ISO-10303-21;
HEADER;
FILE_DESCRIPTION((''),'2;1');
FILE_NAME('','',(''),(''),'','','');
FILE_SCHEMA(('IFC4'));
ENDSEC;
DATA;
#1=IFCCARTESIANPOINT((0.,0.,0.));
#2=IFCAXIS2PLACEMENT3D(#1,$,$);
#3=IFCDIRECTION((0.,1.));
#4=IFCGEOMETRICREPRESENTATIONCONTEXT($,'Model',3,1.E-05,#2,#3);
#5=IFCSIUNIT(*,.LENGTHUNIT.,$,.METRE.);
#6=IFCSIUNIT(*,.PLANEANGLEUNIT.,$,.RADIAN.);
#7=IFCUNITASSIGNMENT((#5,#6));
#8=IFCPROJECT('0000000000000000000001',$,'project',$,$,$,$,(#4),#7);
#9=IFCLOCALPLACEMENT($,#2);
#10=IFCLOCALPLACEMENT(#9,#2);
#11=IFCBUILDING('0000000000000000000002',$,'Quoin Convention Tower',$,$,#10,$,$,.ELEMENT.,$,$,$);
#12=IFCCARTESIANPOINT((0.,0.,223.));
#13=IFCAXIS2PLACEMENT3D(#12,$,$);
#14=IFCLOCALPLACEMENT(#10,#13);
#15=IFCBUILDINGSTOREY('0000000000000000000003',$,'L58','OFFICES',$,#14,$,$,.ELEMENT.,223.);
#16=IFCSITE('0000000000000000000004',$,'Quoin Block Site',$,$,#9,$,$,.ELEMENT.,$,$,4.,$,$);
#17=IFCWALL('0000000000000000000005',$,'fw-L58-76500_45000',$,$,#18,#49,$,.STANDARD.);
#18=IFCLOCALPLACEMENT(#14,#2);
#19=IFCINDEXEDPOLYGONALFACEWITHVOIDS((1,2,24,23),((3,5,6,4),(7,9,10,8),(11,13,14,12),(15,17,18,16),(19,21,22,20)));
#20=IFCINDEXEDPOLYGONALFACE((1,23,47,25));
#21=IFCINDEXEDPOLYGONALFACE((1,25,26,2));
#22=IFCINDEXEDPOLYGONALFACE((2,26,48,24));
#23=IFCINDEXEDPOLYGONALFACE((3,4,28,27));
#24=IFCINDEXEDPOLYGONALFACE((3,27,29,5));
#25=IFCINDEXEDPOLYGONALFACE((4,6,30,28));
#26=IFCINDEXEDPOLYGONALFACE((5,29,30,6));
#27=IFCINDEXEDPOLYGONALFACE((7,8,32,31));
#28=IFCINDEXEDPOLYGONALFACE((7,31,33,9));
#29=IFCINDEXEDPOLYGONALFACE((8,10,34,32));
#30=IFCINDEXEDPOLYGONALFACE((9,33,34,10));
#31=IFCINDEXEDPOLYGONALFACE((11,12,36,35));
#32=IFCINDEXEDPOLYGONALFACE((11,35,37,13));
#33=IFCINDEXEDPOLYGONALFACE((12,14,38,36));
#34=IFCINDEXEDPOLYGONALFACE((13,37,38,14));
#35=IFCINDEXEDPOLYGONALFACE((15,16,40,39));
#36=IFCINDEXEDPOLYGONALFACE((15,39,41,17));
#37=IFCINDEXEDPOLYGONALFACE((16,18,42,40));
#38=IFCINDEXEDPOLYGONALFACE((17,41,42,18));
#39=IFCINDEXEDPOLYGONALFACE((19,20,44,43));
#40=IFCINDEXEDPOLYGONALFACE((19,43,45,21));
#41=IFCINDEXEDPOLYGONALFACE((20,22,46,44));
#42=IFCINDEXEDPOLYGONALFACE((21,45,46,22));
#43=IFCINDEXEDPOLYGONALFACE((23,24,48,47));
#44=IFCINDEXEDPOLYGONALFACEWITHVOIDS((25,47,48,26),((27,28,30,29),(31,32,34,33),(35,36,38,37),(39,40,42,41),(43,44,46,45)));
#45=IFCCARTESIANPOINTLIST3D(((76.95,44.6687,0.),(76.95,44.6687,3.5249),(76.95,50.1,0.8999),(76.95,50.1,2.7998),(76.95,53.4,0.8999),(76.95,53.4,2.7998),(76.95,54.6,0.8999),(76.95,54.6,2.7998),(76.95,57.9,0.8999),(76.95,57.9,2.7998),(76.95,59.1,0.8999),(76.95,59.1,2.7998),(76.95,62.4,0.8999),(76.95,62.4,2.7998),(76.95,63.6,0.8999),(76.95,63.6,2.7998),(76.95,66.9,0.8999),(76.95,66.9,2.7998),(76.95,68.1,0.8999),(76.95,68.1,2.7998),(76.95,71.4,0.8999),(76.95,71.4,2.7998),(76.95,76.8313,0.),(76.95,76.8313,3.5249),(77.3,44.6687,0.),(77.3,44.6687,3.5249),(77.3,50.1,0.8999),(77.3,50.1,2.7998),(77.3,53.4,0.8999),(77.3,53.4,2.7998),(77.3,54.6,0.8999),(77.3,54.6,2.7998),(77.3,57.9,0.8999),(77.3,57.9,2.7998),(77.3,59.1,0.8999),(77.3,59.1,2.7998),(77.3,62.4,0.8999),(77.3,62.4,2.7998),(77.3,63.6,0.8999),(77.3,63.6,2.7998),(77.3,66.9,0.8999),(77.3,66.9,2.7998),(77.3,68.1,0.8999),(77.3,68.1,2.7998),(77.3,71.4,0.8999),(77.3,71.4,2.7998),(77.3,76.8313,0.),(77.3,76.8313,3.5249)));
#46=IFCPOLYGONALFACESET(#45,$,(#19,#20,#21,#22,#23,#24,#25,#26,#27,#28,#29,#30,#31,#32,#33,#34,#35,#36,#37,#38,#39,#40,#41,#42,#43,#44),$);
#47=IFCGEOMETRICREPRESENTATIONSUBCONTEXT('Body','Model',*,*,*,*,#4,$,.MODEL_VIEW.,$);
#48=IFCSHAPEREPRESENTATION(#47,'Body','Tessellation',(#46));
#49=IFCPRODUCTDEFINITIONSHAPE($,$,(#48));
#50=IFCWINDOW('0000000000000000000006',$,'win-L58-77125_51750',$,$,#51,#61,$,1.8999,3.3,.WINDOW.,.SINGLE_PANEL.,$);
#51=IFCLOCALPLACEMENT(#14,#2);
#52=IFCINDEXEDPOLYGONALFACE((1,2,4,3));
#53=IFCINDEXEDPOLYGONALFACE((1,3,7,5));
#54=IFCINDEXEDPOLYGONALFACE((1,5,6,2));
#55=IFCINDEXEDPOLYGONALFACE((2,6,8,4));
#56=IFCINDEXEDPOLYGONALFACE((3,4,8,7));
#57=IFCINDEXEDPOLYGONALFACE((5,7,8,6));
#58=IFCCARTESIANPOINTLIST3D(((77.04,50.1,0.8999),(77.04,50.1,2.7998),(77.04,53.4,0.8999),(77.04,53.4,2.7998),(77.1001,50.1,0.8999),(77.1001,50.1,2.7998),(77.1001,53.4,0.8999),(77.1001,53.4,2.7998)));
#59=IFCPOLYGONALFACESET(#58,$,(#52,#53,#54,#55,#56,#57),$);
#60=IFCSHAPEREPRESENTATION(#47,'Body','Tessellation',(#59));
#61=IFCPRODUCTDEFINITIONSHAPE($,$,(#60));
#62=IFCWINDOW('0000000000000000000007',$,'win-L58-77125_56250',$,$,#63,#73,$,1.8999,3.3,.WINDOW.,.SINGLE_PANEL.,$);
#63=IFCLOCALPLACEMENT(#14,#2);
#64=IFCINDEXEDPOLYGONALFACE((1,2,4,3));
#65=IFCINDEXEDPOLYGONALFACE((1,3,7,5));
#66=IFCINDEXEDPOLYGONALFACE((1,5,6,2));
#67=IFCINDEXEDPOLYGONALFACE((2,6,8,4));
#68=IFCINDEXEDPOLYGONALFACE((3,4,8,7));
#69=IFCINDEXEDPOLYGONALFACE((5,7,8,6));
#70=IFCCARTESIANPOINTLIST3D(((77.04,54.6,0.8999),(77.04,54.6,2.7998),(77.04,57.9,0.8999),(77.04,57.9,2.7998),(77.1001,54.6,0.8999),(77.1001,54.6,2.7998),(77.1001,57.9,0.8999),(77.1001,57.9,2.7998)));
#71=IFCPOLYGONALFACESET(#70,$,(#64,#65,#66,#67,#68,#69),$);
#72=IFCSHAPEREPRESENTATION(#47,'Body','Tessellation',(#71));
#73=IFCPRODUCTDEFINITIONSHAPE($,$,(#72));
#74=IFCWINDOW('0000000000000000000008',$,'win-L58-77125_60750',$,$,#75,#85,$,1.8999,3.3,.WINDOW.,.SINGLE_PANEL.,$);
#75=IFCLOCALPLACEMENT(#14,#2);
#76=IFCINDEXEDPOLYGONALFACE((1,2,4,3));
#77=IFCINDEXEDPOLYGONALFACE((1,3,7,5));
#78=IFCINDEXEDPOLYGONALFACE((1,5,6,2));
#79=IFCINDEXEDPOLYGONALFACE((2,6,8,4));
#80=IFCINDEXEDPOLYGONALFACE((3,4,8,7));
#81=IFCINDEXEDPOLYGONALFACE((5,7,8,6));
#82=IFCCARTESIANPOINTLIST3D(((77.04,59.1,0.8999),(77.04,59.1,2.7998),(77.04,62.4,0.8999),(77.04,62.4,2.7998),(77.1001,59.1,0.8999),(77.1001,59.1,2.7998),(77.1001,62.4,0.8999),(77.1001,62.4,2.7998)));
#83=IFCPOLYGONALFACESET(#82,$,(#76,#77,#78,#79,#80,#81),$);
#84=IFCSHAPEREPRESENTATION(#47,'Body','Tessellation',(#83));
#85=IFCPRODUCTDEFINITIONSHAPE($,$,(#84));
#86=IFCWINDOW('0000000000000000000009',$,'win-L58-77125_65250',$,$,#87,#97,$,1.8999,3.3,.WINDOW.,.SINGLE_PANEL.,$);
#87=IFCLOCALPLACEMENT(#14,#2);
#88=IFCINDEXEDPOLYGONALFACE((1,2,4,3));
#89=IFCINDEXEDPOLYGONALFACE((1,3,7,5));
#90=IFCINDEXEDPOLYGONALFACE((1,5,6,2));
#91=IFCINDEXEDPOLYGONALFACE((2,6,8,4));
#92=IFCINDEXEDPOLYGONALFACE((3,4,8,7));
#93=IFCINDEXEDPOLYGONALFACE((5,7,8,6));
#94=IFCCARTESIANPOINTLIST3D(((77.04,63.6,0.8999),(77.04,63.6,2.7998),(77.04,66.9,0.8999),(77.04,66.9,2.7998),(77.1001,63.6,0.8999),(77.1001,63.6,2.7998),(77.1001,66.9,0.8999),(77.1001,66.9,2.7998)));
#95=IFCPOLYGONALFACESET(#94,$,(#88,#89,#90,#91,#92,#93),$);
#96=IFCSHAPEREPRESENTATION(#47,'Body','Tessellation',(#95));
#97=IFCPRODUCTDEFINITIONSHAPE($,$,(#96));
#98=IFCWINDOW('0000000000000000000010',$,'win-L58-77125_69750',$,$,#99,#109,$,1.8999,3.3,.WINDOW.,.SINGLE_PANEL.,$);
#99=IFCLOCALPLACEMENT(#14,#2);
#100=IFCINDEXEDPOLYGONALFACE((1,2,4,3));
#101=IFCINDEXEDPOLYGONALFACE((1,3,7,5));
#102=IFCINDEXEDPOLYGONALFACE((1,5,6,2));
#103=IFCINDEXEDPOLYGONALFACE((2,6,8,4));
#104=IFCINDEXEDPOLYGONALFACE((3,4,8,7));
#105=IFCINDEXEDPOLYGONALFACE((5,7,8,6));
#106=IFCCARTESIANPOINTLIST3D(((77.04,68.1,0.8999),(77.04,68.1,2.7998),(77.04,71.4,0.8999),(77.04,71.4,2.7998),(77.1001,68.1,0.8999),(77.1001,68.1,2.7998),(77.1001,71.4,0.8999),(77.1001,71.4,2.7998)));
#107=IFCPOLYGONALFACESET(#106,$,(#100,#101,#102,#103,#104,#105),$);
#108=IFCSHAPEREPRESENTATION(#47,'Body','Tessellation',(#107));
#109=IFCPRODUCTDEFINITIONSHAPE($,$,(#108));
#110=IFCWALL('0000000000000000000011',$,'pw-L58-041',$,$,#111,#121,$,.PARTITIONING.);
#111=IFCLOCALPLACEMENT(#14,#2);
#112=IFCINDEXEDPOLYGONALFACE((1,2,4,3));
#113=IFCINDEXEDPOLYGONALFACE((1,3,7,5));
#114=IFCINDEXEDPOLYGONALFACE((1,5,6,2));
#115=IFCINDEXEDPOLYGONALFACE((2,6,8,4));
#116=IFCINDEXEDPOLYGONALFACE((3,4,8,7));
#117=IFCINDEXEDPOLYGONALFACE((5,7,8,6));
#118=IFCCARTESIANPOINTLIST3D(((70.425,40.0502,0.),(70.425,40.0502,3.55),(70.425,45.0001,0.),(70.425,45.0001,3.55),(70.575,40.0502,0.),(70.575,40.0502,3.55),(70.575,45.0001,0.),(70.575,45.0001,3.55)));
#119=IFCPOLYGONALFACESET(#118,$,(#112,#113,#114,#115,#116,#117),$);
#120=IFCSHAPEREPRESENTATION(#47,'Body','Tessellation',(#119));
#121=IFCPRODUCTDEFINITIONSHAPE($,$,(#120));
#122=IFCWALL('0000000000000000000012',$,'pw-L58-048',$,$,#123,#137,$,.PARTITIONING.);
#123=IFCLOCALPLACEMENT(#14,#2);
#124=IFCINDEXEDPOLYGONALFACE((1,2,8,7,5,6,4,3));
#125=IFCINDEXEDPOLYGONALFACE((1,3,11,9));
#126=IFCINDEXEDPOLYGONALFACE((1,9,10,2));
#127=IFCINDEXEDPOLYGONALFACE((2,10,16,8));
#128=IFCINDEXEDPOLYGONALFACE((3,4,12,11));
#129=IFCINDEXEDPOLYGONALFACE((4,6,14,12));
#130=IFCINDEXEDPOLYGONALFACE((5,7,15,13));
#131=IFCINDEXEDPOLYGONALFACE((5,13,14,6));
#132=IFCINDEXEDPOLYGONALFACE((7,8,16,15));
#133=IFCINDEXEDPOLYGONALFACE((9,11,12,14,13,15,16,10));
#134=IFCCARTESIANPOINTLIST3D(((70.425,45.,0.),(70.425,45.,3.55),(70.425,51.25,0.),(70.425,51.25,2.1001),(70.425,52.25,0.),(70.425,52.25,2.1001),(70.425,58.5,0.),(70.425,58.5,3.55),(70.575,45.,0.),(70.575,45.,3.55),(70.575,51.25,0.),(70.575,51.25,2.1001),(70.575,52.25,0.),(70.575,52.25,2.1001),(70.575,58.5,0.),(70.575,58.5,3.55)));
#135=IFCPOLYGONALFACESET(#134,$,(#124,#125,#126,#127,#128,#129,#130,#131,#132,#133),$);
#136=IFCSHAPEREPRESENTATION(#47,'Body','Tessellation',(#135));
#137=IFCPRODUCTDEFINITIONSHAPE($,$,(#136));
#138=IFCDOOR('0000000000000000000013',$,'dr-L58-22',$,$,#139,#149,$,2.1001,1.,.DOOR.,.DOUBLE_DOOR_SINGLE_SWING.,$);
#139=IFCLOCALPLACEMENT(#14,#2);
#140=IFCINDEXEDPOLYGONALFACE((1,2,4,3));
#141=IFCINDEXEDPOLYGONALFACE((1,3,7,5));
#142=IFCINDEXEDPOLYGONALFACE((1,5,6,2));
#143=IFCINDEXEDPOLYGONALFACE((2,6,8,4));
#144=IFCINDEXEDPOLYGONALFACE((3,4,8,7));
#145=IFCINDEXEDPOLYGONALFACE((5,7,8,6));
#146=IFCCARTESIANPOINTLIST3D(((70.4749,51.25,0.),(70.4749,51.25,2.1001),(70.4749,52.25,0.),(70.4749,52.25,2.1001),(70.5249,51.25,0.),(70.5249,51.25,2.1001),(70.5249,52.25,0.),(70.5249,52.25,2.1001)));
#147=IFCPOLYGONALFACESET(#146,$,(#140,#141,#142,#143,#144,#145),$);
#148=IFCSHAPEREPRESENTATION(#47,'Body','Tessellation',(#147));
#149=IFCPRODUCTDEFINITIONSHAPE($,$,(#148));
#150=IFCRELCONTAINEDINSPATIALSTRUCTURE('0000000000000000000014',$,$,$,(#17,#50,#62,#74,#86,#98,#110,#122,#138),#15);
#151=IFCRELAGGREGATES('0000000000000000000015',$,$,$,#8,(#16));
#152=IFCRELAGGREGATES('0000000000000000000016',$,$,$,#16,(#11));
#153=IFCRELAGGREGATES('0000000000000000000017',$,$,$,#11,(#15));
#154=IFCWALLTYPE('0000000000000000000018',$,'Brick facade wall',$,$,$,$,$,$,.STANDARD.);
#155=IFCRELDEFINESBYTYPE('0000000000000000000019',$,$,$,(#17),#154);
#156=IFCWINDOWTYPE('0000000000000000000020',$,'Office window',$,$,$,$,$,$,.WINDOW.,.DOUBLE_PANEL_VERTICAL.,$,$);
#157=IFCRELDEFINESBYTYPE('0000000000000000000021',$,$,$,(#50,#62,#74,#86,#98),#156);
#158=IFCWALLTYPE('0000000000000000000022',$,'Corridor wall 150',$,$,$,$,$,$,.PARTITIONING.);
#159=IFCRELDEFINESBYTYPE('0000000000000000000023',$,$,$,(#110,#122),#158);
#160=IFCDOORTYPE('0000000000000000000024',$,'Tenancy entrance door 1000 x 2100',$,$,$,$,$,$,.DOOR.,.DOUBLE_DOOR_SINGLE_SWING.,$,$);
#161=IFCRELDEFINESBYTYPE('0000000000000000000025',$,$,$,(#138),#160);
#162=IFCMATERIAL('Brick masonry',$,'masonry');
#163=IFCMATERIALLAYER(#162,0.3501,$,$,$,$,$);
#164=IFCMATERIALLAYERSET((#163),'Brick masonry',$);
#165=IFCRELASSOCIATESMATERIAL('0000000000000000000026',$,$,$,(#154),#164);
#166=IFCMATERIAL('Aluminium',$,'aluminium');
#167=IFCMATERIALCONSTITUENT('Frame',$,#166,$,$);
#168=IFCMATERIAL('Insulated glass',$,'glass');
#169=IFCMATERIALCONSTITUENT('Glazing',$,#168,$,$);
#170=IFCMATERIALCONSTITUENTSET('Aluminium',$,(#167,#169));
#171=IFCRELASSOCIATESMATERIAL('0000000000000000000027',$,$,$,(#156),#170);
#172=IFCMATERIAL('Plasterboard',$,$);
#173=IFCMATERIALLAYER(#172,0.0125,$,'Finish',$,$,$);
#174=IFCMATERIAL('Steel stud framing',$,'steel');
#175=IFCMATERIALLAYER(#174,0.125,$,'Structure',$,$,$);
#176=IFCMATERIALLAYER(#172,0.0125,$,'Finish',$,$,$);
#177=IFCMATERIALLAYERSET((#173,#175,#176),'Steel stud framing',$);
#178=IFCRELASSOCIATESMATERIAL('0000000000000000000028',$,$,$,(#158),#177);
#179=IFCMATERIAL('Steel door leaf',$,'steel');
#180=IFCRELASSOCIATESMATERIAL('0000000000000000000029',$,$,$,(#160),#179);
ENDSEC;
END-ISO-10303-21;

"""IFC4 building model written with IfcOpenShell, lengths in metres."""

from ifc_helpers import new_model, si_unit, direction, frame, frame_2d, origin, place, context, subcontext, project, spatial, rectangle, extrude, material, layer, layer_set, constituent, constituent_set, type_object, element, fill, save


model = new_model("IFC4")

# Units and contexts
model_context = context("Model", 3, precision=1e-05, world=origin(), true_north=direction((0.0, 1.0)))
body_context = subcontext(model_context, "Body", "Model", "MODEL_VIEW")
ifc_project = project(units=[si_unit("LENGTHUNIT", "METRE"), si_unit("PLANEANGLEUNIT", "RADIAN")], contexts=[model_context])

# Site, building, storey
site_placement = place(None, origin())
site = spatial("IfcSite", under=ifc_project, at=site_placement, Name="Quoin Block Site", CompositionType="ELEMENT", RefElevation=4.0)
building_placement = place(site_placement, origin())
building = spatial("IfcBuilding", under=site, at=building_placement, Name="Quoin Convention Tower", CompositionType="ELEMENT")
storey_placement = place(building_placement, frame((0.0, 0.0, 223.0)))
storey = spatial("IfcBuildingStorey", under=building, at=storey_placement, Name="L58", Description="OFFICES", CompositionType="ELEMENT", Elevation=223.0)

# Shared definitions
ifc_material_1 = material(Name="Brick masonry", Category="masonry")
ifc_layer_1 = layer(ifc_material_1, 0.3501)
ifc_layer_set_1 = layer_set([ifc_layer_1], Name="Brick masonry")
wall_type_1 = type_object("IfcWallType", Name="Brick facade wall", PredefinedType="STANDARD", material=ifc_layer_set_1)
ifc_material_2 = material(Name="Aluminium", Category="aluminium")
ifc_constituent_1 = constituent(ifc_material_2, Name="Frame")
ifc_material_3 = material(Name="Insulated glass", Category="glass")
ifc_constituent_2 = constituent(ifc_material_3, Name="Glazing")
ifc_constituent_set = constituent_set(constituents=[ifc_constituent_1, ifc_constituent_2], Name="Aluminium")
window_type = type_object("IfcWindowType", Name="Office window", PartitioningType="DOUBLE_PANEL_VERTICAL", PredefinedType="WINDOW", material=ifc_constituent_set)

# Wall, openings, windows
wall_1_placement = place(storey_placement, frame((77.125, 44.6687, 0.0), z_axis=(0.0, 0.0, 1.0), x_axis=(0.0, 1.0, 0.0)))
wall_1 = element("IfcWall", 1, at=wall_1_placement, inside=storey, type_object=wall_type_1, Name="fw-L58-76500_45000", PredefinedType="STANDARD", context=body_context, shape_type="SweptSolid", body=[
    extrude(rectangle(XDim=32.1626, YDim=0.3501, at=frame_2d((16.0813, 0.0))), origin(), (0.0, 0.0, 1.0), 3.5249),
])
opening_1_placement = place(wall_1_placement, frame((5.4314, 0.0, 0.8999)))
opening_1 = element("IfcOpeningElement", 2, at=opening_1_placement, cuts=wall_1, PredefinedType="OPENING", context=body_context, shape_type="SweptSolid", body=[
    extrude(rectangle(XDim=3.3, YDim=1.8999, at=frame_2d((1.6499, 0.95))), frame((0.0, 0.1851, 0.0), z_axis=(0.0, -1.0, 0.0), x_axis=(1.0, 0.0, 0.0)), (0.0, 0.0, 1.0), 0.3701),
])
opening_2_placement = place(wall_1_placement, frame((9.9314, 0.0, 0.8999)))
opening_2 = element("IfcOpeningElement", 3, at=opening_2_placement, cuts=wall_1, PredefinedType="OPENING", context=body_context, shape_type="SweptSolid", body=[
    extrude(rectangle(XDim=3.3, YDim=1.8999, at=frame_2d((1.6499, 0.95))), frame((0.0, 0.1851, 0.0), z_axis=(0.0, -1.0, 0.0), x_axis=(1.0, 0.0, 0.0)), (0.0, 0.0, 1.0), 0.3701),
])
opening_3_placement = place(wall_1_placement, frame((14.4314, 0.0, 0.8999)))
opening_3 = element("IfcOpeningElement", 4, at=opening_3_placement, cuts=wall_1, PredefinedType="OPENING", context=body_context, shape_type="SweptSolid", body=[
    extrude(rectangle(XDim=3.3, YDim=1.8999, at=frame_2d((1.6499, 0.95))), frame((0.0, 0.1851, 0.0), z_axis=(0.0, -1.0, 0.0), x_axis=(1.0, 0.0, 0.0)), (0.0, 0.0, 1.0), 0.3701),
])
opening_4_placement = place(wall_1_placement, frame((18.9314, 0.0, 0.8999)))
opening_4 = element("IfcOpeningElement", 5, at=opening_4_placement, cuts=wall_1, PredefinedType="OPENING", context=body_context, shape_type="SweptSolid", body=[
    extrude(rectangle(XDim=3.3, YDim=1.8999, at=frame_2d((1.6499, 0.95))), frame((0.0, 0.1851, 0.0), z_axis=(0.0, -1.0, 0.0), x_axis=(1.0, 0.0, 0.0)), (0.0, 0.0, 1.0), 0.3701),
])
opening_5_placement = place(wall_1_placement, frame((23.4314, 0.0, 0.8999)))
opening_5 = element("IfcOpeningElement", 6, at=opening_5_placement, cuts=wall_1, PredefinedType="OPENING", context=body_context, shape_type="SweptSolid", body=[
    extrude(rectangle(XDim=3.3, YDim=1.8999, at=frame_2d((1.6499, 0.95))), frame((0.0, 0.1851, 0.0), z_axis=(0.0, -1.0, 0.0), x_axis=(1.0, 0.0, 0.0)), (0.0, 0.0, 1.0), 0.3701),
])
window_1_placement = place(opening_1_placement, origin())
window_1 = element("IfcWindow", 7, at=window_1_placement, inside=storey, type_object=window_type, Name="win-L58-77125_51750", OverallHeight=1.8999, OverallWidth=3.3, PartitioningType="SINGLE_PANEL", PredefinedType="WINDOW", context=body_context, shape_type="SweptSolid", body=[
    extrude(rectangle(XDim=3.3, YDim=1.8999, at=frame_2d((1.6499, 0.95))), frame((0.0, 0.085, 0.0), z_axis=(0.0, -1.0, 0.0), x_axis=(1.0, 0.0, 0.0)), (0.0, 0.0, 1.0), 0.0601),
])
fill(opening_1, window_1)
window_2_placement = place(opening_2_placement, origin())
window_2 = element("IfcWindow", 8, at=window_2_placement, inside=storey, type_object=window_type, Name="win-L58-77125_56250", OverallHeight=1.8999, OverallWidth=3.3, PartitioningType="SINGLE_PANEL", PredefinedType="WINDOW", context=body_context, shape_type="SweptSolid", body=[
    extrude(rectangle(XDim=3.3, YDim=1.8999, at=frame_2d((1.6499, 0.95))), frame((0.0, 0.085, 0.0), z_axis=(0.0, -1.0, 0.0), x_axis=(1.0, 0.0, 0.0)), (0.0, 0.0, 1.0), 0.0601),
])
fill(opening_2, window_2)
window_3_placement = place(opening_3_placement, origin())
window_3 = element("IfcWindow", 9, at=window_3_placement, inside=storey, type_object=window_type, Name="win-L58-77125_60750", OverallHeight=1.8999, OverallWidth=3.3, PartitioningType="SINGLE_PANEL", PredefinedType="WINDOW", context=body_context, shape_type="SweptSolid", body=[
    extrude(rectangle(XDim=3.3, YDim=1.8999, at=frame_2d((1.6499, 0.95))), frame((0.0, 0.085, 0.0), z_axis=(0.0, -1.0, 0.0), x_axis=(1.0, 0.0, 0.0)), (0.0, 0.0, 1.0), 0.0601),
])
fill(opening_3, window_3)
window_4_placement = place(opening_4_placement, origin())
window_4 = element("IfcWindow", 10, at=window_4_placement, inside=storey, type_object=window_type, Name="win-L58-77125_65250", OverallHeight=1.8999, OverallWidth=3.3, PartitioningType="SINGLE_PANEL", PredefinedType="WINDOW", context=body_context, shape_type="SweptSolid", body=[
    extrude(rectangle(XDim=3.3, YDim=1.8999, at=frame_2d((1.6499, 0.95))), frame((0.0, 0.085, 0.0), z_axis=(0.0, -1.0, 0.0), x_axis=(1.0, 0.0, 0.0)), (0.0, 0.0, 1.0), 0.0601),
])
fill(opening_4, window_4)
window_5_placement = place(opening_5_placement, origin())
window_5 = element("IfcWindow", 11, at=window_5_placement, inside=storey, type_object=window_type, Name="win-L58-77125_69750", OverallHeight=1.8999, OverallWidth=3.3, PartitioningType="SINGLE_PANEL", PredefinedType="WINDOW", context=body_context, shape_type="SweptSolid", body=[
    extrude(rectangle(XDim=3.3, YDim=1.8999, at=frame_2d((1.6499, 0.95))), frame((0.0, 0.085, 0.0), z_axis=(0.0, -1.0, 0.0), x_axis=(1.0, 0.0, 0.0)), (0.0, 0.0, 1.0), 0.0601),
])
fill(opening_5, window_5)

# Wall
ifc_material_4 = material(Name="Plasterboard")
ifc_layer_2 = layer(ifc_material_4, 0.0125, Name="Finish")
ifc_material_5 = material(Name="Steel stud framing", Category="steel")
ifc_layer_3 = layer(ifc_material_5, 0.125, Name="Structure")
ifc_layer_4 = layer(ifc_material_4, 0.0125, Name="Finish")
ifc_layer_set_2 = layer_set([ifc_layer_2, ifc_layer_3, ifc_layer_4], Name="Steel stud framing")
wall_type_2 = type_object("IfcWallType", Name="Corridor wall 150", PredefinedType="PARTITIONING", material=ifc_layer_set_2)
wall_2_placement = place(storey_placement, frame((70.5, 40.05, 0.0), z_axis=(0.0, 0.0, 1.0), x_axis=(0.0, 1.0, 0.0)))
element("IfcWall", 12, at=wall_2_placement, inside=storey, type_object=wall_type_2, Name="pw-L58-041", PredefinedType="PARTITIONING", context=body_context, shape_type="SweptSolid", body=[
    extrude(rectangle(XDim=4.95, YDim=0.1499, at=frame_2d((2.4751, 0.0))), origin(), (0.0, 0.0, 1.0), 3.55),
])

# Wall, opening, door
wall_3_placement = place(storey_placement, frame((70.5, 45.0, 0.0), z_axis=(0.0, 0.0, 1.0), x_axis=(0.0, 1.0, 0.0)))
wall_3 = element("IfcWall", 13, at=wall_3_placement, inside=storey, type_object=wall_type_2, Name="pw-L58-048", PredefinedType="PARTITIONING", context=body_context, shape_type="SweptSolid", body=[
    extrude(rectangle(XDim=13.5, YDim=0.1499, at=frame_2d((6.75, 0.0))), origin(), (0.0, 0.0, 1.0), 3.55),
])
opening_6_placement = place(wall_3_placement, frame((6.25, 0.0, 0.0)))
opening_6 = element("IfcOpeningElement", 14, at=opening_6_placement, cuts=wall_3, PredefinedType="OPENING", context=body_context, shape_type="SweptSolid", body=[
    extrude(rectangle(XDim=1.0, YDim=2.1001, at=frame_2d((0.5, 1.05))), frame((0.0, 0.085, 0.0), z_axis=(0.0, -1.0, 0.0), x_axis=(1.0, 0.0, 0.0)), (0.0, 0.0, 1.0), 0.1699),
])
ifc_material_6 = material(Name="Steel door leaf", Category="steel")
door_type_1 = type_object("IfcDoorType", Name="Tenancy entrance door 1000 x 2100", OperationType="DOUBLE_DOOR_SINGLE_SWING", PredefinedType="DOOR", material=ifc_material_6)
door_1_placement = place(opening_6_placement, frame((1.0, 0.0, 0.0), z_axis=(0.0, 0.0, 1.0), x_axis=(-1.0, 0.0, 0.0)))
door_1 = element("IfcDoor", 15, at=door_1_placement, inside=storey, type_object=door_type_1, Name="dr-L58-22", OperationType="DOUBLE_DOOR_SINGLE_SWING", OverallHeight=2.1001, OverallWidth=1.0, PredefinedType="DOOR", context=body_context, shape_type="SweptSolid", body=[
    extrude(rectangle(XDim=1.0, YDim=2.1001, at=frame_2d((0.5, 1.05))), frame((0.0, 0.0249, 0.0), z_axis=(0.0, -1.0, 0.0), x_axis=(1.0, 0.0, 0.0)), (0.0, 0.0, 1.0), 0.05),
])
fill(opening_6, door_1)

save(model, "model.ifc")
